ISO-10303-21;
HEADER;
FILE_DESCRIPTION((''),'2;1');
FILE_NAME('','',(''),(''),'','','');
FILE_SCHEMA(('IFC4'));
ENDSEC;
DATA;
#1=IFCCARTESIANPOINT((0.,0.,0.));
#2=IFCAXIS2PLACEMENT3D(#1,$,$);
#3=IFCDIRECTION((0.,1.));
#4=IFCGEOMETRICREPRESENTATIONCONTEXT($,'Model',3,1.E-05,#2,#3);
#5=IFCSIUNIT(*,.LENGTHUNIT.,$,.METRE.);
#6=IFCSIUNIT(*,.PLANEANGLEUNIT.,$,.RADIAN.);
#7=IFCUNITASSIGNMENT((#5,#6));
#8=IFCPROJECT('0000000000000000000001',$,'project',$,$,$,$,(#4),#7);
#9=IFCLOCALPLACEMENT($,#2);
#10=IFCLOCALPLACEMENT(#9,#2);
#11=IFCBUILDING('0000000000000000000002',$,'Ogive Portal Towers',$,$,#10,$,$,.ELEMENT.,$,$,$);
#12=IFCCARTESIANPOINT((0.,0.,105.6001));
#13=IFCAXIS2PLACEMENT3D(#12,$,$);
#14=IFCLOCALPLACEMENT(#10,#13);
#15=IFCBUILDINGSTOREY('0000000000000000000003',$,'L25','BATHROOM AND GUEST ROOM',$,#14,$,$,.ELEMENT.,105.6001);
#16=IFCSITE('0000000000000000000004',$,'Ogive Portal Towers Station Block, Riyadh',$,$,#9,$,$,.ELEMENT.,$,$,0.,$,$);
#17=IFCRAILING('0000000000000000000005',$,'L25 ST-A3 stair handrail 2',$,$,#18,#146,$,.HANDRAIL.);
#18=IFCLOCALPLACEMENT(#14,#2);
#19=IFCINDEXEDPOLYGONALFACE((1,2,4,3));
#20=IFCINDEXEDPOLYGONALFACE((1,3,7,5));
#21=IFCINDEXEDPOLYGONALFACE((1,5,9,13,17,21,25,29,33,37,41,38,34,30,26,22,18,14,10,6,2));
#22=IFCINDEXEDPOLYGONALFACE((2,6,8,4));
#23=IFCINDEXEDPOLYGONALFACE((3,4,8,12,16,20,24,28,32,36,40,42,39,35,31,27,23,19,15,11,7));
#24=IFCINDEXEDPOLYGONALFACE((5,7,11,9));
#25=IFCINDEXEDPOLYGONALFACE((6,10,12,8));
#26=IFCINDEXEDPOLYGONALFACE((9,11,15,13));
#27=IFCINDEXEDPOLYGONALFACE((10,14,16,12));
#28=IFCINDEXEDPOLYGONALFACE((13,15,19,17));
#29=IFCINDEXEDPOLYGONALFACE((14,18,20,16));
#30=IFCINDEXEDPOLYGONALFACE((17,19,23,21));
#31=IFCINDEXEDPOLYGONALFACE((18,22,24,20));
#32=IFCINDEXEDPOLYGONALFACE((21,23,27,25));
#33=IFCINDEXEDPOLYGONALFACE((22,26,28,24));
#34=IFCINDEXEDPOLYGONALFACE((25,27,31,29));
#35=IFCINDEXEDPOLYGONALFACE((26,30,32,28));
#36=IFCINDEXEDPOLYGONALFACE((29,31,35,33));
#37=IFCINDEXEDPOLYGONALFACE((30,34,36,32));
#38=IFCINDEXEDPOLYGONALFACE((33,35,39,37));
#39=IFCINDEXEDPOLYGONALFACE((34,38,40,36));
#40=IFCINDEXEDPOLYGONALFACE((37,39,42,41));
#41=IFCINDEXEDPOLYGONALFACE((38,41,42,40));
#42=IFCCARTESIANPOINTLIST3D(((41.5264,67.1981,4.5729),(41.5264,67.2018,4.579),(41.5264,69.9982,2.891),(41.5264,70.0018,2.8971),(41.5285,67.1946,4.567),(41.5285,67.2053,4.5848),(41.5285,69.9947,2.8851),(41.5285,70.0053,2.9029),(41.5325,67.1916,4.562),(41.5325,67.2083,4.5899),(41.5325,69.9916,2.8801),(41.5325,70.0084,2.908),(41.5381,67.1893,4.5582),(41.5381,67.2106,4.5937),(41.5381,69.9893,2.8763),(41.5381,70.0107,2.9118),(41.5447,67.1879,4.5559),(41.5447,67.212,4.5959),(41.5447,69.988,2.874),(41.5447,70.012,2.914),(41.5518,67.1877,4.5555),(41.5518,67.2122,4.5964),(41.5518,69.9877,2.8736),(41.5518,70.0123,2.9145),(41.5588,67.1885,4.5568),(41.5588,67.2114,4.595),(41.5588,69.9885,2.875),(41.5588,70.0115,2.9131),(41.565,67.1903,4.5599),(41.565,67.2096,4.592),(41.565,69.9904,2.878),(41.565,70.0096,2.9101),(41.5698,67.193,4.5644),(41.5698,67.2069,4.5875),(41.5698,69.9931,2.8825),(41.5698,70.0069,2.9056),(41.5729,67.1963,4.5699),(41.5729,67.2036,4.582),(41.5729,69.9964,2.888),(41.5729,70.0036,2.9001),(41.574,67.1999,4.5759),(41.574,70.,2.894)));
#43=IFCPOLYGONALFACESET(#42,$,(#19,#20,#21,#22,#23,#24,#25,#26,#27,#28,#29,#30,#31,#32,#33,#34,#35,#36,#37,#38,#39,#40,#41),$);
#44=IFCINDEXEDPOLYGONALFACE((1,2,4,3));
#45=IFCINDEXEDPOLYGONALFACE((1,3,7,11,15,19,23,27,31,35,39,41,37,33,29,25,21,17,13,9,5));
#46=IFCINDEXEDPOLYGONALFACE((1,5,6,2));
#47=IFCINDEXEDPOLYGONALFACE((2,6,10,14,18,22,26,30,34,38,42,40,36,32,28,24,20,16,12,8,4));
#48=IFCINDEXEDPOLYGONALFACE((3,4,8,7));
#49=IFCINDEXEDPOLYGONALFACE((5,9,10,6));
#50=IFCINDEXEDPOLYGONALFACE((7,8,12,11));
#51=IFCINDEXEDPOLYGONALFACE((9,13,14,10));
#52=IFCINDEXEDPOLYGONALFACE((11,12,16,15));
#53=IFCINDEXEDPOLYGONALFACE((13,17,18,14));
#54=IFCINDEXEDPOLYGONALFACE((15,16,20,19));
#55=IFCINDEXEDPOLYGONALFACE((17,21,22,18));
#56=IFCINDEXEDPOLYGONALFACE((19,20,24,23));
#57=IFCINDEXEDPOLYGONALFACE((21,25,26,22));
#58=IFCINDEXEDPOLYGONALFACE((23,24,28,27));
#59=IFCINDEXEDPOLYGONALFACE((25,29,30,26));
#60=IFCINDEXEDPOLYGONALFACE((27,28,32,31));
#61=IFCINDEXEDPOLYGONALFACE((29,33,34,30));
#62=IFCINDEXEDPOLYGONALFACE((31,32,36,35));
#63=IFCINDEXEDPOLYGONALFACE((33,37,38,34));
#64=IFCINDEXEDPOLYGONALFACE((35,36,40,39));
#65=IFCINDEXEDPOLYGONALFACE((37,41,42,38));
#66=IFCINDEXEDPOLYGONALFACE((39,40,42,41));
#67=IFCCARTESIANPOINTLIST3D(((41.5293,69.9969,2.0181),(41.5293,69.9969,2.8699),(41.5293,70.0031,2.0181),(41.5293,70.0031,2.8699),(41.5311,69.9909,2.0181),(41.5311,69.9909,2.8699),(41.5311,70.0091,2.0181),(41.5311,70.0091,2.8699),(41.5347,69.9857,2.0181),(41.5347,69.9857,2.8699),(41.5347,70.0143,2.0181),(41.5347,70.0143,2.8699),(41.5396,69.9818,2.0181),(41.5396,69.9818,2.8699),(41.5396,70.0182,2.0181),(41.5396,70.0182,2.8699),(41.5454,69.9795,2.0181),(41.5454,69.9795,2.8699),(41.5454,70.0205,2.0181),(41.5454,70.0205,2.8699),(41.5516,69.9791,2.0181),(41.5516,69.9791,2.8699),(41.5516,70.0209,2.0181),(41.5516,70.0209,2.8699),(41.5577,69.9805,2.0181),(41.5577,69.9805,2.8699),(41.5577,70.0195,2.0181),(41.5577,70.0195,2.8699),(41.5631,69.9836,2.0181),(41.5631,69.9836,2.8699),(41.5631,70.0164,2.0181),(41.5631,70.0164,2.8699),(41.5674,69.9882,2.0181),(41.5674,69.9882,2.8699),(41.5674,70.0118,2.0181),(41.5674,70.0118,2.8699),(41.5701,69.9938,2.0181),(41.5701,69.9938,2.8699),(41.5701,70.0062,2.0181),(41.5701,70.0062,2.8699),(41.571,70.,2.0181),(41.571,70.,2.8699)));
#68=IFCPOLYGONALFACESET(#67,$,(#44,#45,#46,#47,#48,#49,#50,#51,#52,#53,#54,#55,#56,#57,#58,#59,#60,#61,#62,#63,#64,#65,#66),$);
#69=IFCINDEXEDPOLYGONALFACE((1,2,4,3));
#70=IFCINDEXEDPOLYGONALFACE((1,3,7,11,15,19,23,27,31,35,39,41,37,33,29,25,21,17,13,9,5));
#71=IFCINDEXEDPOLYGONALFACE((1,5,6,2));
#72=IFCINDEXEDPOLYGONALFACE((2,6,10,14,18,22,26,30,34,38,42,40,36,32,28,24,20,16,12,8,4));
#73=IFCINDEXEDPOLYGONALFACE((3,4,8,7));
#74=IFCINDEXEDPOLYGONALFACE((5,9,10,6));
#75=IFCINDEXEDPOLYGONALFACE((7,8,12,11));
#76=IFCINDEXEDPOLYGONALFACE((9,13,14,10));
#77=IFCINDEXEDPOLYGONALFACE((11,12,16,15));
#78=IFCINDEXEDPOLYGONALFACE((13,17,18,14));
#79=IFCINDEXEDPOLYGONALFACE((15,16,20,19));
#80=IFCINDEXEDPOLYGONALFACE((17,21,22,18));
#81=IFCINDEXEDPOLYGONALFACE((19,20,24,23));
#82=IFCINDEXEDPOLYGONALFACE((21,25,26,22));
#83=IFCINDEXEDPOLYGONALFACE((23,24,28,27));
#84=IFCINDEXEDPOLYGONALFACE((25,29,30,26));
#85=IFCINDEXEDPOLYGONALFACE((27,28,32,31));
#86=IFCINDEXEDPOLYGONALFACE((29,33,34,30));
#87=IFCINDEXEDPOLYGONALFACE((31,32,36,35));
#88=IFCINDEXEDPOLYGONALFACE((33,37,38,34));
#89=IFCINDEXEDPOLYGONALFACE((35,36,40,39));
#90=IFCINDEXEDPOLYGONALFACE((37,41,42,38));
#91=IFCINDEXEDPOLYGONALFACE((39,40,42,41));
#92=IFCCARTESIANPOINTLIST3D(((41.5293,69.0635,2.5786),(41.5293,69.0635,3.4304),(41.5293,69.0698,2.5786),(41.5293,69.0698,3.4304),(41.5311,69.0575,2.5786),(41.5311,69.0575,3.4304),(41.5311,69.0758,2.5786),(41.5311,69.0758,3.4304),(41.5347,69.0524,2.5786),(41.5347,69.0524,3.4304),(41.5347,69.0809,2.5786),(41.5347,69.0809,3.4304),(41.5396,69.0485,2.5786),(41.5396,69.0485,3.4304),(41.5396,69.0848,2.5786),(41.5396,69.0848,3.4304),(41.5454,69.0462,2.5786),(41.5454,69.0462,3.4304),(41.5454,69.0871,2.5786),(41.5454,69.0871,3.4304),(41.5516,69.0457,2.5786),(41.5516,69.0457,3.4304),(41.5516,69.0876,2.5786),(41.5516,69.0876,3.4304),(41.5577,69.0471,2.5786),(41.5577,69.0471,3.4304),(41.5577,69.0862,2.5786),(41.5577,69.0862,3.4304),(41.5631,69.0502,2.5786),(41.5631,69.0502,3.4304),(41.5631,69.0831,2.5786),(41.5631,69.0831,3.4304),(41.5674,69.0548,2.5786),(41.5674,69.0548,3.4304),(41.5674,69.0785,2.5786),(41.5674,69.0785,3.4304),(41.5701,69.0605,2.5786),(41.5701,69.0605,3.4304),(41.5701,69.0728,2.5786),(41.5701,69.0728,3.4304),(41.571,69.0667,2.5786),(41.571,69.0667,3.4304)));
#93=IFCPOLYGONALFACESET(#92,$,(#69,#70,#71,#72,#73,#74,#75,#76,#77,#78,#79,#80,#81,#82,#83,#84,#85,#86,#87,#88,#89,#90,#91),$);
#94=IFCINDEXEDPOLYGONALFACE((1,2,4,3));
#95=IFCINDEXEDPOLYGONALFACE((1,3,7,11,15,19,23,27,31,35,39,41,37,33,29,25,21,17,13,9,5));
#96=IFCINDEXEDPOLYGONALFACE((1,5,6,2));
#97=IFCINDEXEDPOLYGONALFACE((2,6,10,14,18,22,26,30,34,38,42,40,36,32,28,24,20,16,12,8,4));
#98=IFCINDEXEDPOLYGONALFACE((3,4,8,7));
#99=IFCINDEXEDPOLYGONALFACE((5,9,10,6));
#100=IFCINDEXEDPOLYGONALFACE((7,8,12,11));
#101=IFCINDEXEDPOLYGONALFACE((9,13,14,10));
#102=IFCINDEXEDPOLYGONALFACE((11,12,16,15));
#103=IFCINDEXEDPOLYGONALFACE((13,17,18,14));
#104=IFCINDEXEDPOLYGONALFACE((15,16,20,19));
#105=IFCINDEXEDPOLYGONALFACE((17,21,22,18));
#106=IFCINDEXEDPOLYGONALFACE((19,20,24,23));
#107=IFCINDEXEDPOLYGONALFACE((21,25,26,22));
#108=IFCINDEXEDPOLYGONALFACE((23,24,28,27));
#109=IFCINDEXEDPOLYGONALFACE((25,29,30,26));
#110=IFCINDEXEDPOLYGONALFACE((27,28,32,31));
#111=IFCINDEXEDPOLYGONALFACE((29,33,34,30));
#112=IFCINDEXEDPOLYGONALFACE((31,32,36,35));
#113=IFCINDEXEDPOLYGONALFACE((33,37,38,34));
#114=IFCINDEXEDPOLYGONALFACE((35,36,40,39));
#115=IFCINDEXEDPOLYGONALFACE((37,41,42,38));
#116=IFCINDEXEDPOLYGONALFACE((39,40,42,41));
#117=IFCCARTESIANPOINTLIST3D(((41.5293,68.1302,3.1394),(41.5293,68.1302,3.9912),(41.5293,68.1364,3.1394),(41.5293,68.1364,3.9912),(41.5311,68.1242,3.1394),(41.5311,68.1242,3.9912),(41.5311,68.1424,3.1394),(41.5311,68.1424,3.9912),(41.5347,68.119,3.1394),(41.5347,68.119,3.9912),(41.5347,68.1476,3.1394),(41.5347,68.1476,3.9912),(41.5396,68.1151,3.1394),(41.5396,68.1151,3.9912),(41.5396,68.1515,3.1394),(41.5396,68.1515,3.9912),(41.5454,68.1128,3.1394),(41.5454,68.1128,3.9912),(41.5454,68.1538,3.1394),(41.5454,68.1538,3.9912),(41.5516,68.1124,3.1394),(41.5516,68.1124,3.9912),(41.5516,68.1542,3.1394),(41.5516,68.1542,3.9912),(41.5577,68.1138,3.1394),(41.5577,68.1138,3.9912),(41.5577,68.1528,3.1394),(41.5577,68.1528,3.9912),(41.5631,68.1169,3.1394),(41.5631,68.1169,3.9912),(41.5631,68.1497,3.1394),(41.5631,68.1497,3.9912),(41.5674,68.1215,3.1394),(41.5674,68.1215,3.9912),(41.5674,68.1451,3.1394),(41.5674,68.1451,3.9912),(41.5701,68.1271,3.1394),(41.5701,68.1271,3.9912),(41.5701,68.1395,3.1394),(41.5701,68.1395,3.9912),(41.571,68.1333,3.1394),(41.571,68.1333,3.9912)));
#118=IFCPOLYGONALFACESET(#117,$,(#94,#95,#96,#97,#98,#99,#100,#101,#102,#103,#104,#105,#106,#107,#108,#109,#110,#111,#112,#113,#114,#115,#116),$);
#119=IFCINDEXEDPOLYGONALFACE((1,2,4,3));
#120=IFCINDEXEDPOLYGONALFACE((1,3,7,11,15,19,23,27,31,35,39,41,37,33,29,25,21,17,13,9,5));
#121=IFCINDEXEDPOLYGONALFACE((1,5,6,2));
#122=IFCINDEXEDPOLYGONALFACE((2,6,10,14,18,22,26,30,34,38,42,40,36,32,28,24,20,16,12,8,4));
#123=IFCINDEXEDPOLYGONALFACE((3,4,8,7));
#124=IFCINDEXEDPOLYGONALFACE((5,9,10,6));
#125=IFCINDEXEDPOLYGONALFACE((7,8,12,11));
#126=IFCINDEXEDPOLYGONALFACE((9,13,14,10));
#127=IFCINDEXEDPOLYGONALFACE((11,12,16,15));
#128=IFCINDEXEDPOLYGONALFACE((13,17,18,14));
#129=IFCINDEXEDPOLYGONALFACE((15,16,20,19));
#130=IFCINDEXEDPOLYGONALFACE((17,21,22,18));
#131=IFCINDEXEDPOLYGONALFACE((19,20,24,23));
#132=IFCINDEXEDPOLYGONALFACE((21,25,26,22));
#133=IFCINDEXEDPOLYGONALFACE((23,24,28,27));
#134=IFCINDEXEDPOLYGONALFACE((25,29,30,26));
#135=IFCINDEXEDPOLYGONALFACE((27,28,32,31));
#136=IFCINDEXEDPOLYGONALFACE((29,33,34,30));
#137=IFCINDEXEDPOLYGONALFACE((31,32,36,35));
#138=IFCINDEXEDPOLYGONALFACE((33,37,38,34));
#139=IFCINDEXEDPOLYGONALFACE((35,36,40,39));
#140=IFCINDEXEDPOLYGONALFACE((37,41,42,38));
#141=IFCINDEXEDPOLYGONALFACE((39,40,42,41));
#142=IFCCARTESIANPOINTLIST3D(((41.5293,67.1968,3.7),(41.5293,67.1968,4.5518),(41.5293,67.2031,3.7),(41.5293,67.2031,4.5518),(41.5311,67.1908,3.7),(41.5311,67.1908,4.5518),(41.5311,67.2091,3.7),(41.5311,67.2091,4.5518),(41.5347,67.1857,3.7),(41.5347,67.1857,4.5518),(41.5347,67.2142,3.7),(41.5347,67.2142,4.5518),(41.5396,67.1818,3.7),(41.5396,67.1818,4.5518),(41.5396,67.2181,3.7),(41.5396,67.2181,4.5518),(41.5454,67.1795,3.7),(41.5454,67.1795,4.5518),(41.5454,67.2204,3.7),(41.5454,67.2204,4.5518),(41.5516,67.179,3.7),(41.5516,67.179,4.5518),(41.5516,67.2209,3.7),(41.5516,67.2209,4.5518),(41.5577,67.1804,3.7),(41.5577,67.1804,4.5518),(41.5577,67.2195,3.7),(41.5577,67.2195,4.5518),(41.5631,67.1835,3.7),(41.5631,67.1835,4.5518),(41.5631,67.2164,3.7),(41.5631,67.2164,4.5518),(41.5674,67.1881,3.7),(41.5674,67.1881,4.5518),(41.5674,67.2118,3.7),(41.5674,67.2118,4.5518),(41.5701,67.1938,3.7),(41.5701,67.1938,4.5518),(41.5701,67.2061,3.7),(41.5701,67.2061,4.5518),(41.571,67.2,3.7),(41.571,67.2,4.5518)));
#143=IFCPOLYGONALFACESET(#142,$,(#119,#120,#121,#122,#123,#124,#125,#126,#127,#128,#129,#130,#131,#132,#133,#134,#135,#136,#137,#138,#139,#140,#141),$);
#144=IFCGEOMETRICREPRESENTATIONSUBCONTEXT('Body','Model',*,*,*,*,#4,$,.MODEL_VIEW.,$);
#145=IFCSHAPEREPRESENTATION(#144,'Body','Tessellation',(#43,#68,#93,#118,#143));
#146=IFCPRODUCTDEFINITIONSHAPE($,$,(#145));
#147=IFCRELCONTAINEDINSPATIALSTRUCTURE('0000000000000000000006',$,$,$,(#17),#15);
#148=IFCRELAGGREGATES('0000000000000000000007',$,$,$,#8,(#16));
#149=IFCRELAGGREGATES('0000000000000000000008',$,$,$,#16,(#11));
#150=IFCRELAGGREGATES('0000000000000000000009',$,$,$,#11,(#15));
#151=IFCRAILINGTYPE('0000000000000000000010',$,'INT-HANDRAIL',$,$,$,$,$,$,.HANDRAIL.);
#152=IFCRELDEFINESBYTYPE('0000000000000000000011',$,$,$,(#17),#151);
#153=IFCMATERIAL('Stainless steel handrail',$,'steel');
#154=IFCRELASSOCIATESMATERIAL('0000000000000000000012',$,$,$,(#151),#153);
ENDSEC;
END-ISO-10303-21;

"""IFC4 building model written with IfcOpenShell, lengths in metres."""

from ifc_helpers import new_model, si_unit, direction, frame, origin, origin_2d, place, context, subcontext, project, spatial, circle, extrude, material, type_object, element, save


model = new_model("IFC4")

# Units and contexts
model_context = context("Model", 3, precision=1e-05, world=origin(), true_north=direction((0.0, 1.0)))
body_context = subcontext(model_context, "Body", "Model", "MODEL_VIEW")
ifc_project = project(units=[si_unit("LENGTHUNIT", "METRE"), si_unit("PLANEANGLEUNIT", "RADIAN")], contexts=[model_context])

# Site, building, storey
site_placement = place(None, origin())
site = spatial("IfcSite", under=ifc_project, at=site_placement, Name="Ogive Portal Towers Station Block, Riyadh", CompositionType="ELEMENT", RefElevation=0.0)
building_placement = place(site_placement, origin())
building = spatial("IfcBuilding", under=site, at=building_placement, Name="Ogive Portal Towers", CompositionType="ELEMENT")
storey_placement = place(building_placement, frame((0.0, 0.0, 105.6001)))
storey = spatial("IfcBuildingStorey", under=building, at=storey_placement, Name="L25", Description="BATHROOM AND GUEST ROOM", CompositionType="ELEMENT", Elevation=105.6001)

# Railing
ifc_material_1 = material(Name="Stainless steel handrail", Category="steel")
railing_type_1 = type_object("IfcRailingType", Name="INT-HANDRAIL", PredefinedType="HANDRAIL", material=ifc_material_1)
railing_1_placement = place(storey_placement, frame((41.55, 70.0, 2.0181)))
element("IfcRailing", 1, at=railing_1_placement, inside=storey, type_object=railing_type_1, Name="L25 ST-A3 stair handrail 2", PredefinedType="HANDRAIL", context=body_context, shape_type="SweptSolid", body=[
    extrude(circle(Radius=0.0239, at=origin_2d()), frame((0.0, 0.0, 0.876), z_axis=(0.0, -0.857242, 0.514913), x_axis=(1.0, 0.0, 0.0)), (0.0, 0.0, 1.0), 3.2664),
    extrude(circle(Radius=0.021, at=origin_2d()), origin(), (0.0, 0.0, 1.0), 0.8518),
    extrude(circle(Radius=0.021, at=origin_2d()), frame((0.0, -0.9333, 0.5605)), (0.0, 0.0, 1.0), 0.8518),
    extrude(circle(Radius=0.021, at=origin_2d()), frame((0.0, -1.8667, 1.1213)), (0.0, 0.0, 1.0), 0.8518),
    extrude(circle(Radius=0.021, at=origin_2d()), frame((0.0, -2.8, 1.6819)), (0.0, 0.0, 1.0), 0.8518),
])

save(model, "model.ifc")
